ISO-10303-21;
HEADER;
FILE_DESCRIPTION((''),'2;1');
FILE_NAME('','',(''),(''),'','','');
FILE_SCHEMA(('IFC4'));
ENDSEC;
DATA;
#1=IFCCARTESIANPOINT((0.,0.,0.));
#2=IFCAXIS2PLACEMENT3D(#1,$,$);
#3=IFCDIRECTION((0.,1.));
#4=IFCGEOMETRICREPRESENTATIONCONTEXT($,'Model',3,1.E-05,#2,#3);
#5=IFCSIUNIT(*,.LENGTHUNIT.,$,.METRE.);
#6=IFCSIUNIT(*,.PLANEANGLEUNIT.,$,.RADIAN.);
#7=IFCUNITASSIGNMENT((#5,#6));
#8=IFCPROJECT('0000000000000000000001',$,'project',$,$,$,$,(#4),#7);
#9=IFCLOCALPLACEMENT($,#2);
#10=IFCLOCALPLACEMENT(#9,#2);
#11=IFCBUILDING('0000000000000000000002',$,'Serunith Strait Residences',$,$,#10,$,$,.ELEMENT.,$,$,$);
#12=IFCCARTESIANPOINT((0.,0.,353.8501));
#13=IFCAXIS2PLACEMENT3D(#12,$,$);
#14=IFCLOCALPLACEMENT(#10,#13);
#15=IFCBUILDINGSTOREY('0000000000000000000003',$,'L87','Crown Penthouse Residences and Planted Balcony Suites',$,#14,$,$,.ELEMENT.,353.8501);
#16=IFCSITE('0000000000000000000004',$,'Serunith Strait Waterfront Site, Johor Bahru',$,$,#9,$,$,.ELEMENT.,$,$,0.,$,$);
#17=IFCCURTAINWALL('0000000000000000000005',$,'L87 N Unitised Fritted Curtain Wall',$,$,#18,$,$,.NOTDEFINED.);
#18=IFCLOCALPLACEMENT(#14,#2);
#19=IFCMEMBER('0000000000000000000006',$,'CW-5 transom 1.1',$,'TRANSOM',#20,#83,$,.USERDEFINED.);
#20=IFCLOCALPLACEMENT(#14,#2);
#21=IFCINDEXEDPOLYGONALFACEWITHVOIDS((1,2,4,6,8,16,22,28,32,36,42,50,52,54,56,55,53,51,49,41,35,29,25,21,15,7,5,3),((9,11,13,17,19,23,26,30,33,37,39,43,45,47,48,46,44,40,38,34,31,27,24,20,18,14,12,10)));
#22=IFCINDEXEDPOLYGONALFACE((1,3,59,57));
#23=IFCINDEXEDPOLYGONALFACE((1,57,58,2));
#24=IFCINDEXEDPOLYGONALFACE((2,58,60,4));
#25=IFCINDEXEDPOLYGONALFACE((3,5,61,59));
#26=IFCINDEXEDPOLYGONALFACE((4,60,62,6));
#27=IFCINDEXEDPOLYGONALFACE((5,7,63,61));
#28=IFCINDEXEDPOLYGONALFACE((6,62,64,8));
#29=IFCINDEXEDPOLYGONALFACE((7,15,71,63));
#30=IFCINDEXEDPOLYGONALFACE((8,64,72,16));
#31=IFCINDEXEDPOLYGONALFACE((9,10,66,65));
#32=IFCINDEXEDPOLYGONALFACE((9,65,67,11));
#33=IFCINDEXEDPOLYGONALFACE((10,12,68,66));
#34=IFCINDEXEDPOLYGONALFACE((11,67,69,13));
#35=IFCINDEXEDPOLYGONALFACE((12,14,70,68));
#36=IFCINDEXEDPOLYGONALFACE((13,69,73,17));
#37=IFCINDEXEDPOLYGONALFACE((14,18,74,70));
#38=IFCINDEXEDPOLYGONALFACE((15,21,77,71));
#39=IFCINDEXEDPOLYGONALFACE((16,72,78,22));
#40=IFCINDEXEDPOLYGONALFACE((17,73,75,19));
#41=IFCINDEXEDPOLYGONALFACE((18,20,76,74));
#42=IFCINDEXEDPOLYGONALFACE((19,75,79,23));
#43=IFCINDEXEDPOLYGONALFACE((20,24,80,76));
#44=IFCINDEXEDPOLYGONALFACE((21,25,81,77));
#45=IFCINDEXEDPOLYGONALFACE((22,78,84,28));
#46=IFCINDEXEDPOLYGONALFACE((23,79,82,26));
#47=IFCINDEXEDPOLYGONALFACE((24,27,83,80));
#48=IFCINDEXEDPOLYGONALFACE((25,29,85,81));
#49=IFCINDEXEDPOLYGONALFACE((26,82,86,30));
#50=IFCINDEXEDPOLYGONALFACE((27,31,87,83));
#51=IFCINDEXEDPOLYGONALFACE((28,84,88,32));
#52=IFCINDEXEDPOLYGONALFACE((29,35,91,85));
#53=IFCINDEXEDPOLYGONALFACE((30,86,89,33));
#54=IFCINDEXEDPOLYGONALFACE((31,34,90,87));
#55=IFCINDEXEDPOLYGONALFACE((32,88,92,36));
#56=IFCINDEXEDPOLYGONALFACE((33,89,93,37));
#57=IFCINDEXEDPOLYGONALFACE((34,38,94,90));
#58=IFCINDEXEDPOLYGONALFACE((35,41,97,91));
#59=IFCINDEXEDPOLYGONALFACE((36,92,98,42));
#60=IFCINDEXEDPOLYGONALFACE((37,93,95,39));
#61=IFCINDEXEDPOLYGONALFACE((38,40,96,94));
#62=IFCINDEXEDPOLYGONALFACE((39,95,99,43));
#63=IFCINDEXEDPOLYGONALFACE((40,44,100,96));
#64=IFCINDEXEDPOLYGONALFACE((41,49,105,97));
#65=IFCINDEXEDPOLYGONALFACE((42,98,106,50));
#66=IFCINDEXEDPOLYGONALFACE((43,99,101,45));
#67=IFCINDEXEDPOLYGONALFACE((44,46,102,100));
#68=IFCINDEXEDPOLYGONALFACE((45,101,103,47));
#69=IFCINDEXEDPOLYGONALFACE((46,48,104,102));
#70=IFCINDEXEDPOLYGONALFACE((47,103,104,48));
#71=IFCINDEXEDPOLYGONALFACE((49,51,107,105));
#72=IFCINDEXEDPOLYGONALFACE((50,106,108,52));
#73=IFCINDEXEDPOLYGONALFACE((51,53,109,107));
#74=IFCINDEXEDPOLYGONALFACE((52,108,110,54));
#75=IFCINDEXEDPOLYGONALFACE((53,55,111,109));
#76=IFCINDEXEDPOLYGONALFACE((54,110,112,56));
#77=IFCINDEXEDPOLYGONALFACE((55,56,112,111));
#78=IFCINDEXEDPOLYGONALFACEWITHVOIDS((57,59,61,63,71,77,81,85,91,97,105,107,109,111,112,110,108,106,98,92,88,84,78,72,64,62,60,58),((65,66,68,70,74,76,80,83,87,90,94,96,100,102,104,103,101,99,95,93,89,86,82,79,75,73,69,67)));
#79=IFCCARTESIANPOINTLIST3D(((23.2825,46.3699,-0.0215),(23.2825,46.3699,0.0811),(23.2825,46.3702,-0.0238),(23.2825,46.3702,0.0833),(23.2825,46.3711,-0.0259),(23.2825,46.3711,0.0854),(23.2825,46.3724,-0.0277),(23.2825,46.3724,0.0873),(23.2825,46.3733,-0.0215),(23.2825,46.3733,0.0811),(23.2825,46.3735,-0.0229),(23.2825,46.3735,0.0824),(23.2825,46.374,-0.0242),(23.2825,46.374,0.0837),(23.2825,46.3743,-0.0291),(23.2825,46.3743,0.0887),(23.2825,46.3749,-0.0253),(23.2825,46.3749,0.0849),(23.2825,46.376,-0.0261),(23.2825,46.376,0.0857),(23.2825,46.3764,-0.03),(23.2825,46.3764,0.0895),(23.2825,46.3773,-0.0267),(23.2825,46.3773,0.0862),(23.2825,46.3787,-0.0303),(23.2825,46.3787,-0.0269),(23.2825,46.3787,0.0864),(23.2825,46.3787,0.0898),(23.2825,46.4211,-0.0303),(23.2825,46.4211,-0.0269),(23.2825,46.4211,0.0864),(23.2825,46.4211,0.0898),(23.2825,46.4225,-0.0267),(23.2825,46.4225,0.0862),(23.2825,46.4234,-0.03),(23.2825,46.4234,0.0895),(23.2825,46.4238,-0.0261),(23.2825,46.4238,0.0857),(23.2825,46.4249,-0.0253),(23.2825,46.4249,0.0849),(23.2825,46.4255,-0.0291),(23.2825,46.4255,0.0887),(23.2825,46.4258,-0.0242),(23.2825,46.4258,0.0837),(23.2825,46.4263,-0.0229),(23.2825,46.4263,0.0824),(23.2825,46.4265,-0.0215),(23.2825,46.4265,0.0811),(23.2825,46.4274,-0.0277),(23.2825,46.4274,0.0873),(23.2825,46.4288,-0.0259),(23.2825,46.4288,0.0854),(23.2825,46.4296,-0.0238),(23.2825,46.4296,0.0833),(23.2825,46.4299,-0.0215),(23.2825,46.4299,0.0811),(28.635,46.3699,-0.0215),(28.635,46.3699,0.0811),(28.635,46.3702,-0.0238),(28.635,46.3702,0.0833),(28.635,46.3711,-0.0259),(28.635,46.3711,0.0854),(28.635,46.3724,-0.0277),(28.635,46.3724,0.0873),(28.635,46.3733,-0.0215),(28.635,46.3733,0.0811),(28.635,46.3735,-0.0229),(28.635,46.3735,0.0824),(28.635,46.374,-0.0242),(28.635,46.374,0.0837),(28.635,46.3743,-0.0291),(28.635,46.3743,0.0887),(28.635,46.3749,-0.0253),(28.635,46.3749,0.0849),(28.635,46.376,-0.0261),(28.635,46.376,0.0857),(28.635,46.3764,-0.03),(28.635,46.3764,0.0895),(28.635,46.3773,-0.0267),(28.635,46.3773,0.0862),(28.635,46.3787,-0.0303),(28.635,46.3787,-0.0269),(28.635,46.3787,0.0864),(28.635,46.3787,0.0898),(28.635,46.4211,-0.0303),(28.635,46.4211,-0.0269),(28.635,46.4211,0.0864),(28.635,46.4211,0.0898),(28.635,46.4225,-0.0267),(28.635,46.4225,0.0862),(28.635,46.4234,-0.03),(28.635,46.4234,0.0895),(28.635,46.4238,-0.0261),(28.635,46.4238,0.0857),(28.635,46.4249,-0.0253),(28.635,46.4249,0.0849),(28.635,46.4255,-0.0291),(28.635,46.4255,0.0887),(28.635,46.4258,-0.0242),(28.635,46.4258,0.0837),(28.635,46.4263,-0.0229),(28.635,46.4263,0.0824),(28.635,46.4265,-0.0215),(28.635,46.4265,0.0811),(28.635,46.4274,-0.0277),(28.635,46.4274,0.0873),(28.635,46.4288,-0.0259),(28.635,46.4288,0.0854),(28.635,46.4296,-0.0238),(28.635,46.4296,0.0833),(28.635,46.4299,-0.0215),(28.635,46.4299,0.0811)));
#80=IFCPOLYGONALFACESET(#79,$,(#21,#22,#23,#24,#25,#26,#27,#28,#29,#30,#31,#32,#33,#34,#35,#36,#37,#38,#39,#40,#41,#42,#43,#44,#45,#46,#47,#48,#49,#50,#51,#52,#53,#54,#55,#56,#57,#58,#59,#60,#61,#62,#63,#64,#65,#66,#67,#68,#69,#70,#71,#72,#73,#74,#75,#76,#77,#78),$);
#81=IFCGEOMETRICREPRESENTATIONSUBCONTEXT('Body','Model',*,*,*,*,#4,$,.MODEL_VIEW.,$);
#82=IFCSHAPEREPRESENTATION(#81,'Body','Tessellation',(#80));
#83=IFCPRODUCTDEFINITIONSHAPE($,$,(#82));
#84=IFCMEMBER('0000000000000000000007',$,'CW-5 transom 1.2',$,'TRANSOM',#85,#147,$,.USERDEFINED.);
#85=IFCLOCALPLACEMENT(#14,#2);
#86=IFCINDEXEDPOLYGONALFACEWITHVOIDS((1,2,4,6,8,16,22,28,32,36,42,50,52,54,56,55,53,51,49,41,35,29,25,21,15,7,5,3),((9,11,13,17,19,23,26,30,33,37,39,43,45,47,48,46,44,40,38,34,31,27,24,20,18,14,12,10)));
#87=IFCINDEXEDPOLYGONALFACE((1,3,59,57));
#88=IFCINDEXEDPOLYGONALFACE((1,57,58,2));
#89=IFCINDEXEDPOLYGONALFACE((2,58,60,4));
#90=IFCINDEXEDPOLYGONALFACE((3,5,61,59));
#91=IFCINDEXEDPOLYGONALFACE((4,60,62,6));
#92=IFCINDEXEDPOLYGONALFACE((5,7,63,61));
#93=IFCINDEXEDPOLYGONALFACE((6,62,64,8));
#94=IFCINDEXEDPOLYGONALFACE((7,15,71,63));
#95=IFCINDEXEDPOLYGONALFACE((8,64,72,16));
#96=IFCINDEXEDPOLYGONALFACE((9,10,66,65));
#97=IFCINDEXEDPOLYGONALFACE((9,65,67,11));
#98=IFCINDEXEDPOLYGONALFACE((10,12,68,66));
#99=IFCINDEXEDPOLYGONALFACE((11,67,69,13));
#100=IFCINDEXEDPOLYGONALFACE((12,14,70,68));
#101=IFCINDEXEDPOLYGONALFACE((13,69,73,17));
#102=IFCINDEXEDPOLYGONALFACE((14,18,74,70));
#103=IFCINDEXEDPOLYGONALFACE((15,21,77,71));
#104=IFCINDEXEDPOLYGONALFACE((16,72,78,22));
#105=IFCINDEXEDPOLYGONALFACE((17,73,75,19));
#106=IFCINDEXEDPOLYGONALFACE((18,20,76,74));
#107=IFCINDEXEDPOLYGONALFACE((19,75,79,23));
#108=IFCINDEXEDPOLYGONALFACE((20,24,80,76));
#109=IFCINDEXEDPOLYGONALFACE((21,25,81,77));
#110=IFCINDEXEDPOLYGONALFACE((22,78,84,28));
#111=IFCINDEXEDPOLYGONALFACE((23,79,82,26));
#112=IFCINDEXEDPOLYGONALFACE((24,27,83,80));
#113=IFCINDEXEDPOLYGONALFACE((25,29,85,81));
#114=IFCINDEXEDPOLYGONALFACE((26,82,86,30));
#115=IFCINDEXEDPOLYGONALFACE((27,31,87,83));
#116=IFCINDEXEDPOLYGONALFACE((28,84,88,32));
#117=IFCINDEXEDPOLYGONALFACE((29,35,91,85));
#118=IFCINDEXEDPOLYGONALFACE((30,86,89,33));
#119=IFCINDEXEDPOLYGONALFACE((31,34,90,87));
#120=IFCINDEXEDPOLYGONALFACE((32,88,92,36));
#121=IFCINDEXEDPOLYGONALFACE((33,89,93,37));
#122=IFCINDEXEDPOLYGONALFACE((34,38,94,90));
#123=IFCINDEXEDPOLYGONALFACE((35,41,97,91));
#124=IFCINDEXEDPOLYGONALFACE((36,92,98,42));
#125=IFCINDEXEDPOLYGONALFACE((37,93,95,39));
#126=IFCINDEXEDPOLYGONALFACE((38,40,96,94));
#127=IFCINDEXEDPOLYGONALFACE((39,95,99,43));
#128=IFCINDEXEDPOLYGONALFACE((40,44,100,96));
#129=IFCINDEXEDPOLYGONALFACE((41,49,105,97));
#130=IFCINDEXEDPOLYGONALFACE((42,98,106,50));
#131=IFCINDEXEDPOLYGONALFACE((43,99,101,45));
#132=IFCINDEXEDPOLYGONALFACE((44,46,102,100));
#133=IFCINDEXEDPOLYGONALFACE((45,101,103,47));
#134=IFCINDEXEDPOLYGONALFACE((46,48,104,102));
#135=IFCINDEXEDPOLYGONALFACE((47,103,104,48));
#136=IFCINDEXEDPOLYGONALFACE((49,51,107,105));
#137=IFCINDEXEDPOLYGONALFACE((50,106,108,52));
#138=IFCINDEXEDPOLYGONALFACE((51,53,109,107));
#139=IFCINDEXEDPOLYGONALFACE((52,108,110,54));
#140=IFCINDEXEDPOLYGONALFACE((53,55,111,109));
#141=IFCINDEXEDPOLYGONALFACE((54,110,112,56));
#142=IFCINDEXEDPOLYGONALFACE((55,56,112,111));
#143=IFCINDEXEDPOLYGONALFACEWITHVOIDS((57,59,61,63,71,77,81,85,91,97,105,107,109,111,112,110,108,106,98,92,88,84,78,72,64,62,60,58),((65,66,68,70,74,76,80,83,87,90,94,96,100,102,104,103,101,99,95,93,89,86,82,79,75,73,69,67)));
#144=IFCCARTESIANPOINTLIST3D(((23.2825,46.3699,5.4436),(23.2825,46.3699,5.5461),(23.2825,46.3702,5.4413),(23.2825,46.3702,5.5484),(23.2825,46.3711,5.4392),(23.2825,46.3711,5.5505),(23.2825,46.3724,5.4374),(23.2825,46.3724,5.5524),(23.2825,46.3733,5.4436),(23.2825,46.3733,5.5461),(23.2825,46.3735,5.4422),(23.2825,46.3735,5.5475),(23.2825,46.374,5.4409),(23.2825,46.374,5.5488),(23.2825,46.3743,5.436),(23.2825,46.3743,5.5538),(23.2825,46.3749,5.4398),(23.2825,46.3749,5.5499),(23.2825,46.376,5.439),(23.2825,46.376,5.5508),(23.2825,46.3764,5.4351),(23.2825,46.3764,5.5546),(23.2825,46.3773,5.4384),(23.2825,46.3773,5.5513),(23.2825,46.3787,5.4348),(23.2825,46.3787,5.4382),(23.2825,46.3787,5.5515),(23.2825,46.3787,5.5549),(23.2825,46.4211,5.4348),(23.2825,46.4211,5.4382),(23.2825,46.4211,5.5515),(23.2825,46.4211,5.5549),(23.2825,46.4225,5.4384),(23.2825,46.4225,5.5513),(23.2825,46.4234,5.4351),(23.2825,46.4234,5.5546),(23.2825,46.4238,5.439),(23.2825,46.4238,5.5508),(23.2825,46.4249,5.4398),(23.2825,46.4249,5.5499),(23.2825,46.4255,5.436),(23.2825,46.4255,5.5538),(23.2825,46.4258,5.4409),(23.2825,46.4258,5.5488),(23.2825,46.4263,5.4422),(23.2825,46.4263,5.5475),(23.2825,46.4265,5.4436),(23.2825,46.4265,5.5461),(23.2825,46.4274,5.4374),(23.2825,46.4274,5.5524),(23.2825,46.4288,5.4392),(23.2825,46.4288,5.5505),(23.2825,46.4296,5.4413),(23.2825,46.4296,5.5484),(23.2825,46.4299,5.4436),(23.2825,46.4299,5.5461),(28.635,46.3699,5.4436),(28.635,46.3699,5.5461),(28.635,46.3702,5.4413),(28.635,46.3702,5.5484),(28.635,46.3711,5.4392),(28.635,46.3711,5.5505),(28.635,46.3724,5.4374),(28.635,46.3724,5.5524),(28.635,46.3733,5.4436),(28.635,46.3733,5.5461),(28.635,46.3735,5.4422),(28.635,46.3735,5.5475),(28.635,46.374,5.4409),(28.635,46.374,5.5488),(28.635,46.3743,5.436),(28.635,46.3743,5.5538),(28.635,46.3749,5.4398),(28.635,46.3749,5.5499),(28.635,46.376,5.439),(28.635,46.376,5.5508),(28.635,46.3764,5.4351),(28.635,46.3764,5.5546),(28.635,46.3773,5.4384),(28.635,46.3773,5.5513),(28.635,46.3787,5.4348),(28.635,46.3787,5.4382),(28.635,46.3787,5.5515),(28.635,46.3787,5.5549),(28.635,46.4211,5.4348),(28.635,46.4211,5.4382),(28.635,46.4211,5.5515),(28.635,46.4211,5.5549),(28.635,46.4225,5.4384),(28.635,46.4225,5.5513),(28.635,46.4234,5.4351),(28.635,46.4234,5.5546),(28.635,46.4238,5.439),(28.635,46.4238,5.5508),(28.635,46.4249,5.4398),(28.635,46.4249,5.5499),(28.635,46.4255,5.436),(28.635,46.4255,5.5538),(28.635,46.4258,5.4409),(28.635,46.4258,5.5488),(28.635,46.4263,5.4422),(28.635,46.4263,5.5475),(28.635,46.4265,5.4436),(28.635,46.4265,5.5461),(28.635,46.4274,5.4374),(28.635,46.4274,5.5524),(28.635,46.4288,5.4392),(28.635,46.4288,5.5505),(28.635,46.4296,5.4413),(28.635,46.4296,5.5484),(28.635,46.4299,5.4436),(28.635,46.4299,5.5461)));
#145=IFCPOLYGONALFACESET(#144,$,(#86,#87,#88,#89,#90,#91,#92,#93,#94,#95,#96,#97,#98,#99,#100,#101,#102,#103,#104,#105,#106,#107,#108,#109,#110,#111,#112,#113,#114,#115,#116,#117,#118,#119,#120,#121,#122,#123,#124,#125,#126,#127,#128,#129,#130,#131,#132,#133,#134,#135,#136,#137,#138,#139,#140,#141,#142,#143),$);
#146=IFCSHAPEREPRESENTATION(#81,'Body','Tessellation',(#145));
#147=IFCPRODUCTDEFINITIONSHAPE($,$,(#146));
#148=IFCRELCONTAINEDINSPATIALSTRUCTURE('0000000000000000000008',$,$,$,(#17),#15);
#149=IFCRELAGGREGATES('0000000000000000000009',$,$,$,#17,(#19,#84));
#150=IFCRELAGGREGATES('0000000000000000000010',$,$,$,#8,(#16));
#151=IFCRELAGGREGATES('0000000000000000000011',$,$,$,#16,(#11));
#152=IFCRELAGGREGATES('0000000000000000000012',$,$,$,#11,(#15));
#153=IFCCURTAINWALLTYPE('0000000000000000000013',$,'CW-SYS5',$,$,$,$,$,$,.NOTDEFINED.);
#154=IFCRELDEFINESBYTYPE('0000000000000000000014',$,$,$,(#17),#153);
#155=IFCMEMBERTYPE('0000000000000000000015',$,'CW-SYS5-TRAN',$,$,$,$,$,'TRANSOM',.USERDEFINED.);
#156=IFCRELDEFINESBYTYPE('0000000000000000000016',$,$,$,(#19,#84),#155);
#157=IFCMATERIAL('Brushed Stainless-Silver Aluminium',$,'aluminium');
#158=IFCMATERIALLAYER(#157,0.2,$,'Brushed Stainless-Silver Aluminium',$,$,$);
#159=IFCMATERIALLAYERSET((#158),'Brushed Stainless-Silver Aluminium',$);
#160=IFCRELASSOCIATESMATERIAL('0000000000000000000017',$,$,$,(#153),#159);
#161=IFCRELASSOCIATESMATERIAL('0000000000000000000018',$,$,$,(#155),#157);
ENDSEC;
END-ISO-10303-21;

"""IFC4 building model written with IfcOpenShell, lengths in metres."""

from ifc_helpers import new_model, si_unit, direction, frame, origin, origin_2d, place, context, subcontext, project, spatial, hollow_rectangle, extrude, source, transform, mapped, material, layer, layer_set, material_profile, profile_set, type_object, element, aggregate, save


model = new_model("IFC4")

# Units and contexts
model_context = context("Model", 3, precision=1e-05, world=origin(), true_north=direction((0.0, 1.0)))
body_context = subcontext(model_context, "Body", "Model", "MODEL_VIEW")
ifc_project = project(units=[si_unit("LENGTHUNIT", "METRE"), si_unit("PLANEANGLEUNIT", "RADIAN")], contexts=[model_context])

# Site, building, storey
site_placement = place(None, origin())
site = spatial("IfcSite", under=ifc_project, at=site_placement, Name="Serunith Strait Waterfront Site, Johor Bahru", CompositionType="ELEMENT", RefElevation=0.0)
building_placement = place(site_placement, origin())
building = spatial("IfcBuilding", under=site, at=building_placement, Name="Serunith Strait Residences", CompositionType="ELEMENT")
storey_placement = place(building_placement, frame((0.0, 0.0, 353.8501)))
storey = spatial("IfcBuildingStorey", under=building, at=storey_placement, Name="L87", Description="Crown Penthouse Residences and Planted Balcony Suites", CompositionType="ELEMENT", Elevation=353.8501)

# Curtain wall, members
ifc_material_1 = material(Name="Brushed Stainless-Silver Aluminium", Category="aluminium")
ifc_layer_1 = layer(ifc_material_1, 0.2, Name="Brushed Stainless-Silver Aluminium")
ifc_layer_set_1 = layer_set([ifc_layer_1], Name="Brushed Stainless-Silver Aluminium")
curtain_wall_type = type_object("IfcCurtainWallType", Name="CW-SYS5", PredefinedType="NOTDEFINED", material=ifc_layer_set_1)
curtain_wall_placement = place(storey_placement, origin())
curtain_wall = element("IfcCurtainWall", 1, at=curtain_wall_placement, inside=storey, type_object=curtain_wall_type, Name="L87 N Unitised Fritted Curtain Wall", PredefinedType="NOTDEFINED")
ifc_material_profile_1 = material_profile(ifc_material_1, hollow_rectangle(XDim=0.0601, YDim=0.1201, WallThickness=0.0034, InnerFilletRadius=0.0054, OuterFilletRadius=0.0088, at=origin_2d()), Name="ALU 120x60x3.5")
ifc_profile_set_1 = profile_set([ifc_material_profile_1], Name="Brushed Stainless-Silver Aluminium")
member_type_1 = type_object("IfcMemberType", Name="CW-SYS5-TRAN", ElementType="TRANSOM", PredefinedType="USERDEFINED", material=ifc_profile_set_1)
shared_shape_1 = source(origin(), body_context, "Body", "SweptSolid", [
    extrude(hollow_rectangle(XDim=0.0601, YDim=0.1201, WallThickness=0.0034, InnerFilletRadius=0.0054, OuterFilletRadius=0.0088, at=origin_2d()), origin(), (0.0, 0.0, 1.0), 5.3525),
])
member_1_placement = place(storey_placement, frame((28.635, 46.3999, 0.0298), z_axis=(-1.0, 0.0, 0.0), x_axis=(0.0, -1.0, 0.0)))
member_1 = element("IfcMember", 2, at=member_1_placement, type_object=member_type_1, Name="CW-5 transom 1.1", ObjectType="TRANSOM", PredefinedType="USERDEFINED", context=body_context, shape_type="MappedRepresentation", body=[
    mapped(shared_shape_1, transform((0.0, 0.0, 0.0), scale=1.0)),
])
member_2_placement = place(storey_placement, frame((28.635, 46.3999, 5.4949), z_axis=(-1.0, 0.0, 0.0), x_axis=(0.0, -1.0, 0.0)))
member_2 = element("IfcMember", 3, at=member_2_placement, type_object=member_type_1, Name="CW-5 transom 1.2", ObjectType="TRANSOM", PredefinedType="USERDEFINED", context=body_context, shape_type="MappedRepresentation", body=[
    mapped(shared_shape_1, transform((0.0, 0.0, 0.0), scale=1.0)),
])
aggregate(curtain_wall, [member_1, member_2])

save(model, "model.ifc")
